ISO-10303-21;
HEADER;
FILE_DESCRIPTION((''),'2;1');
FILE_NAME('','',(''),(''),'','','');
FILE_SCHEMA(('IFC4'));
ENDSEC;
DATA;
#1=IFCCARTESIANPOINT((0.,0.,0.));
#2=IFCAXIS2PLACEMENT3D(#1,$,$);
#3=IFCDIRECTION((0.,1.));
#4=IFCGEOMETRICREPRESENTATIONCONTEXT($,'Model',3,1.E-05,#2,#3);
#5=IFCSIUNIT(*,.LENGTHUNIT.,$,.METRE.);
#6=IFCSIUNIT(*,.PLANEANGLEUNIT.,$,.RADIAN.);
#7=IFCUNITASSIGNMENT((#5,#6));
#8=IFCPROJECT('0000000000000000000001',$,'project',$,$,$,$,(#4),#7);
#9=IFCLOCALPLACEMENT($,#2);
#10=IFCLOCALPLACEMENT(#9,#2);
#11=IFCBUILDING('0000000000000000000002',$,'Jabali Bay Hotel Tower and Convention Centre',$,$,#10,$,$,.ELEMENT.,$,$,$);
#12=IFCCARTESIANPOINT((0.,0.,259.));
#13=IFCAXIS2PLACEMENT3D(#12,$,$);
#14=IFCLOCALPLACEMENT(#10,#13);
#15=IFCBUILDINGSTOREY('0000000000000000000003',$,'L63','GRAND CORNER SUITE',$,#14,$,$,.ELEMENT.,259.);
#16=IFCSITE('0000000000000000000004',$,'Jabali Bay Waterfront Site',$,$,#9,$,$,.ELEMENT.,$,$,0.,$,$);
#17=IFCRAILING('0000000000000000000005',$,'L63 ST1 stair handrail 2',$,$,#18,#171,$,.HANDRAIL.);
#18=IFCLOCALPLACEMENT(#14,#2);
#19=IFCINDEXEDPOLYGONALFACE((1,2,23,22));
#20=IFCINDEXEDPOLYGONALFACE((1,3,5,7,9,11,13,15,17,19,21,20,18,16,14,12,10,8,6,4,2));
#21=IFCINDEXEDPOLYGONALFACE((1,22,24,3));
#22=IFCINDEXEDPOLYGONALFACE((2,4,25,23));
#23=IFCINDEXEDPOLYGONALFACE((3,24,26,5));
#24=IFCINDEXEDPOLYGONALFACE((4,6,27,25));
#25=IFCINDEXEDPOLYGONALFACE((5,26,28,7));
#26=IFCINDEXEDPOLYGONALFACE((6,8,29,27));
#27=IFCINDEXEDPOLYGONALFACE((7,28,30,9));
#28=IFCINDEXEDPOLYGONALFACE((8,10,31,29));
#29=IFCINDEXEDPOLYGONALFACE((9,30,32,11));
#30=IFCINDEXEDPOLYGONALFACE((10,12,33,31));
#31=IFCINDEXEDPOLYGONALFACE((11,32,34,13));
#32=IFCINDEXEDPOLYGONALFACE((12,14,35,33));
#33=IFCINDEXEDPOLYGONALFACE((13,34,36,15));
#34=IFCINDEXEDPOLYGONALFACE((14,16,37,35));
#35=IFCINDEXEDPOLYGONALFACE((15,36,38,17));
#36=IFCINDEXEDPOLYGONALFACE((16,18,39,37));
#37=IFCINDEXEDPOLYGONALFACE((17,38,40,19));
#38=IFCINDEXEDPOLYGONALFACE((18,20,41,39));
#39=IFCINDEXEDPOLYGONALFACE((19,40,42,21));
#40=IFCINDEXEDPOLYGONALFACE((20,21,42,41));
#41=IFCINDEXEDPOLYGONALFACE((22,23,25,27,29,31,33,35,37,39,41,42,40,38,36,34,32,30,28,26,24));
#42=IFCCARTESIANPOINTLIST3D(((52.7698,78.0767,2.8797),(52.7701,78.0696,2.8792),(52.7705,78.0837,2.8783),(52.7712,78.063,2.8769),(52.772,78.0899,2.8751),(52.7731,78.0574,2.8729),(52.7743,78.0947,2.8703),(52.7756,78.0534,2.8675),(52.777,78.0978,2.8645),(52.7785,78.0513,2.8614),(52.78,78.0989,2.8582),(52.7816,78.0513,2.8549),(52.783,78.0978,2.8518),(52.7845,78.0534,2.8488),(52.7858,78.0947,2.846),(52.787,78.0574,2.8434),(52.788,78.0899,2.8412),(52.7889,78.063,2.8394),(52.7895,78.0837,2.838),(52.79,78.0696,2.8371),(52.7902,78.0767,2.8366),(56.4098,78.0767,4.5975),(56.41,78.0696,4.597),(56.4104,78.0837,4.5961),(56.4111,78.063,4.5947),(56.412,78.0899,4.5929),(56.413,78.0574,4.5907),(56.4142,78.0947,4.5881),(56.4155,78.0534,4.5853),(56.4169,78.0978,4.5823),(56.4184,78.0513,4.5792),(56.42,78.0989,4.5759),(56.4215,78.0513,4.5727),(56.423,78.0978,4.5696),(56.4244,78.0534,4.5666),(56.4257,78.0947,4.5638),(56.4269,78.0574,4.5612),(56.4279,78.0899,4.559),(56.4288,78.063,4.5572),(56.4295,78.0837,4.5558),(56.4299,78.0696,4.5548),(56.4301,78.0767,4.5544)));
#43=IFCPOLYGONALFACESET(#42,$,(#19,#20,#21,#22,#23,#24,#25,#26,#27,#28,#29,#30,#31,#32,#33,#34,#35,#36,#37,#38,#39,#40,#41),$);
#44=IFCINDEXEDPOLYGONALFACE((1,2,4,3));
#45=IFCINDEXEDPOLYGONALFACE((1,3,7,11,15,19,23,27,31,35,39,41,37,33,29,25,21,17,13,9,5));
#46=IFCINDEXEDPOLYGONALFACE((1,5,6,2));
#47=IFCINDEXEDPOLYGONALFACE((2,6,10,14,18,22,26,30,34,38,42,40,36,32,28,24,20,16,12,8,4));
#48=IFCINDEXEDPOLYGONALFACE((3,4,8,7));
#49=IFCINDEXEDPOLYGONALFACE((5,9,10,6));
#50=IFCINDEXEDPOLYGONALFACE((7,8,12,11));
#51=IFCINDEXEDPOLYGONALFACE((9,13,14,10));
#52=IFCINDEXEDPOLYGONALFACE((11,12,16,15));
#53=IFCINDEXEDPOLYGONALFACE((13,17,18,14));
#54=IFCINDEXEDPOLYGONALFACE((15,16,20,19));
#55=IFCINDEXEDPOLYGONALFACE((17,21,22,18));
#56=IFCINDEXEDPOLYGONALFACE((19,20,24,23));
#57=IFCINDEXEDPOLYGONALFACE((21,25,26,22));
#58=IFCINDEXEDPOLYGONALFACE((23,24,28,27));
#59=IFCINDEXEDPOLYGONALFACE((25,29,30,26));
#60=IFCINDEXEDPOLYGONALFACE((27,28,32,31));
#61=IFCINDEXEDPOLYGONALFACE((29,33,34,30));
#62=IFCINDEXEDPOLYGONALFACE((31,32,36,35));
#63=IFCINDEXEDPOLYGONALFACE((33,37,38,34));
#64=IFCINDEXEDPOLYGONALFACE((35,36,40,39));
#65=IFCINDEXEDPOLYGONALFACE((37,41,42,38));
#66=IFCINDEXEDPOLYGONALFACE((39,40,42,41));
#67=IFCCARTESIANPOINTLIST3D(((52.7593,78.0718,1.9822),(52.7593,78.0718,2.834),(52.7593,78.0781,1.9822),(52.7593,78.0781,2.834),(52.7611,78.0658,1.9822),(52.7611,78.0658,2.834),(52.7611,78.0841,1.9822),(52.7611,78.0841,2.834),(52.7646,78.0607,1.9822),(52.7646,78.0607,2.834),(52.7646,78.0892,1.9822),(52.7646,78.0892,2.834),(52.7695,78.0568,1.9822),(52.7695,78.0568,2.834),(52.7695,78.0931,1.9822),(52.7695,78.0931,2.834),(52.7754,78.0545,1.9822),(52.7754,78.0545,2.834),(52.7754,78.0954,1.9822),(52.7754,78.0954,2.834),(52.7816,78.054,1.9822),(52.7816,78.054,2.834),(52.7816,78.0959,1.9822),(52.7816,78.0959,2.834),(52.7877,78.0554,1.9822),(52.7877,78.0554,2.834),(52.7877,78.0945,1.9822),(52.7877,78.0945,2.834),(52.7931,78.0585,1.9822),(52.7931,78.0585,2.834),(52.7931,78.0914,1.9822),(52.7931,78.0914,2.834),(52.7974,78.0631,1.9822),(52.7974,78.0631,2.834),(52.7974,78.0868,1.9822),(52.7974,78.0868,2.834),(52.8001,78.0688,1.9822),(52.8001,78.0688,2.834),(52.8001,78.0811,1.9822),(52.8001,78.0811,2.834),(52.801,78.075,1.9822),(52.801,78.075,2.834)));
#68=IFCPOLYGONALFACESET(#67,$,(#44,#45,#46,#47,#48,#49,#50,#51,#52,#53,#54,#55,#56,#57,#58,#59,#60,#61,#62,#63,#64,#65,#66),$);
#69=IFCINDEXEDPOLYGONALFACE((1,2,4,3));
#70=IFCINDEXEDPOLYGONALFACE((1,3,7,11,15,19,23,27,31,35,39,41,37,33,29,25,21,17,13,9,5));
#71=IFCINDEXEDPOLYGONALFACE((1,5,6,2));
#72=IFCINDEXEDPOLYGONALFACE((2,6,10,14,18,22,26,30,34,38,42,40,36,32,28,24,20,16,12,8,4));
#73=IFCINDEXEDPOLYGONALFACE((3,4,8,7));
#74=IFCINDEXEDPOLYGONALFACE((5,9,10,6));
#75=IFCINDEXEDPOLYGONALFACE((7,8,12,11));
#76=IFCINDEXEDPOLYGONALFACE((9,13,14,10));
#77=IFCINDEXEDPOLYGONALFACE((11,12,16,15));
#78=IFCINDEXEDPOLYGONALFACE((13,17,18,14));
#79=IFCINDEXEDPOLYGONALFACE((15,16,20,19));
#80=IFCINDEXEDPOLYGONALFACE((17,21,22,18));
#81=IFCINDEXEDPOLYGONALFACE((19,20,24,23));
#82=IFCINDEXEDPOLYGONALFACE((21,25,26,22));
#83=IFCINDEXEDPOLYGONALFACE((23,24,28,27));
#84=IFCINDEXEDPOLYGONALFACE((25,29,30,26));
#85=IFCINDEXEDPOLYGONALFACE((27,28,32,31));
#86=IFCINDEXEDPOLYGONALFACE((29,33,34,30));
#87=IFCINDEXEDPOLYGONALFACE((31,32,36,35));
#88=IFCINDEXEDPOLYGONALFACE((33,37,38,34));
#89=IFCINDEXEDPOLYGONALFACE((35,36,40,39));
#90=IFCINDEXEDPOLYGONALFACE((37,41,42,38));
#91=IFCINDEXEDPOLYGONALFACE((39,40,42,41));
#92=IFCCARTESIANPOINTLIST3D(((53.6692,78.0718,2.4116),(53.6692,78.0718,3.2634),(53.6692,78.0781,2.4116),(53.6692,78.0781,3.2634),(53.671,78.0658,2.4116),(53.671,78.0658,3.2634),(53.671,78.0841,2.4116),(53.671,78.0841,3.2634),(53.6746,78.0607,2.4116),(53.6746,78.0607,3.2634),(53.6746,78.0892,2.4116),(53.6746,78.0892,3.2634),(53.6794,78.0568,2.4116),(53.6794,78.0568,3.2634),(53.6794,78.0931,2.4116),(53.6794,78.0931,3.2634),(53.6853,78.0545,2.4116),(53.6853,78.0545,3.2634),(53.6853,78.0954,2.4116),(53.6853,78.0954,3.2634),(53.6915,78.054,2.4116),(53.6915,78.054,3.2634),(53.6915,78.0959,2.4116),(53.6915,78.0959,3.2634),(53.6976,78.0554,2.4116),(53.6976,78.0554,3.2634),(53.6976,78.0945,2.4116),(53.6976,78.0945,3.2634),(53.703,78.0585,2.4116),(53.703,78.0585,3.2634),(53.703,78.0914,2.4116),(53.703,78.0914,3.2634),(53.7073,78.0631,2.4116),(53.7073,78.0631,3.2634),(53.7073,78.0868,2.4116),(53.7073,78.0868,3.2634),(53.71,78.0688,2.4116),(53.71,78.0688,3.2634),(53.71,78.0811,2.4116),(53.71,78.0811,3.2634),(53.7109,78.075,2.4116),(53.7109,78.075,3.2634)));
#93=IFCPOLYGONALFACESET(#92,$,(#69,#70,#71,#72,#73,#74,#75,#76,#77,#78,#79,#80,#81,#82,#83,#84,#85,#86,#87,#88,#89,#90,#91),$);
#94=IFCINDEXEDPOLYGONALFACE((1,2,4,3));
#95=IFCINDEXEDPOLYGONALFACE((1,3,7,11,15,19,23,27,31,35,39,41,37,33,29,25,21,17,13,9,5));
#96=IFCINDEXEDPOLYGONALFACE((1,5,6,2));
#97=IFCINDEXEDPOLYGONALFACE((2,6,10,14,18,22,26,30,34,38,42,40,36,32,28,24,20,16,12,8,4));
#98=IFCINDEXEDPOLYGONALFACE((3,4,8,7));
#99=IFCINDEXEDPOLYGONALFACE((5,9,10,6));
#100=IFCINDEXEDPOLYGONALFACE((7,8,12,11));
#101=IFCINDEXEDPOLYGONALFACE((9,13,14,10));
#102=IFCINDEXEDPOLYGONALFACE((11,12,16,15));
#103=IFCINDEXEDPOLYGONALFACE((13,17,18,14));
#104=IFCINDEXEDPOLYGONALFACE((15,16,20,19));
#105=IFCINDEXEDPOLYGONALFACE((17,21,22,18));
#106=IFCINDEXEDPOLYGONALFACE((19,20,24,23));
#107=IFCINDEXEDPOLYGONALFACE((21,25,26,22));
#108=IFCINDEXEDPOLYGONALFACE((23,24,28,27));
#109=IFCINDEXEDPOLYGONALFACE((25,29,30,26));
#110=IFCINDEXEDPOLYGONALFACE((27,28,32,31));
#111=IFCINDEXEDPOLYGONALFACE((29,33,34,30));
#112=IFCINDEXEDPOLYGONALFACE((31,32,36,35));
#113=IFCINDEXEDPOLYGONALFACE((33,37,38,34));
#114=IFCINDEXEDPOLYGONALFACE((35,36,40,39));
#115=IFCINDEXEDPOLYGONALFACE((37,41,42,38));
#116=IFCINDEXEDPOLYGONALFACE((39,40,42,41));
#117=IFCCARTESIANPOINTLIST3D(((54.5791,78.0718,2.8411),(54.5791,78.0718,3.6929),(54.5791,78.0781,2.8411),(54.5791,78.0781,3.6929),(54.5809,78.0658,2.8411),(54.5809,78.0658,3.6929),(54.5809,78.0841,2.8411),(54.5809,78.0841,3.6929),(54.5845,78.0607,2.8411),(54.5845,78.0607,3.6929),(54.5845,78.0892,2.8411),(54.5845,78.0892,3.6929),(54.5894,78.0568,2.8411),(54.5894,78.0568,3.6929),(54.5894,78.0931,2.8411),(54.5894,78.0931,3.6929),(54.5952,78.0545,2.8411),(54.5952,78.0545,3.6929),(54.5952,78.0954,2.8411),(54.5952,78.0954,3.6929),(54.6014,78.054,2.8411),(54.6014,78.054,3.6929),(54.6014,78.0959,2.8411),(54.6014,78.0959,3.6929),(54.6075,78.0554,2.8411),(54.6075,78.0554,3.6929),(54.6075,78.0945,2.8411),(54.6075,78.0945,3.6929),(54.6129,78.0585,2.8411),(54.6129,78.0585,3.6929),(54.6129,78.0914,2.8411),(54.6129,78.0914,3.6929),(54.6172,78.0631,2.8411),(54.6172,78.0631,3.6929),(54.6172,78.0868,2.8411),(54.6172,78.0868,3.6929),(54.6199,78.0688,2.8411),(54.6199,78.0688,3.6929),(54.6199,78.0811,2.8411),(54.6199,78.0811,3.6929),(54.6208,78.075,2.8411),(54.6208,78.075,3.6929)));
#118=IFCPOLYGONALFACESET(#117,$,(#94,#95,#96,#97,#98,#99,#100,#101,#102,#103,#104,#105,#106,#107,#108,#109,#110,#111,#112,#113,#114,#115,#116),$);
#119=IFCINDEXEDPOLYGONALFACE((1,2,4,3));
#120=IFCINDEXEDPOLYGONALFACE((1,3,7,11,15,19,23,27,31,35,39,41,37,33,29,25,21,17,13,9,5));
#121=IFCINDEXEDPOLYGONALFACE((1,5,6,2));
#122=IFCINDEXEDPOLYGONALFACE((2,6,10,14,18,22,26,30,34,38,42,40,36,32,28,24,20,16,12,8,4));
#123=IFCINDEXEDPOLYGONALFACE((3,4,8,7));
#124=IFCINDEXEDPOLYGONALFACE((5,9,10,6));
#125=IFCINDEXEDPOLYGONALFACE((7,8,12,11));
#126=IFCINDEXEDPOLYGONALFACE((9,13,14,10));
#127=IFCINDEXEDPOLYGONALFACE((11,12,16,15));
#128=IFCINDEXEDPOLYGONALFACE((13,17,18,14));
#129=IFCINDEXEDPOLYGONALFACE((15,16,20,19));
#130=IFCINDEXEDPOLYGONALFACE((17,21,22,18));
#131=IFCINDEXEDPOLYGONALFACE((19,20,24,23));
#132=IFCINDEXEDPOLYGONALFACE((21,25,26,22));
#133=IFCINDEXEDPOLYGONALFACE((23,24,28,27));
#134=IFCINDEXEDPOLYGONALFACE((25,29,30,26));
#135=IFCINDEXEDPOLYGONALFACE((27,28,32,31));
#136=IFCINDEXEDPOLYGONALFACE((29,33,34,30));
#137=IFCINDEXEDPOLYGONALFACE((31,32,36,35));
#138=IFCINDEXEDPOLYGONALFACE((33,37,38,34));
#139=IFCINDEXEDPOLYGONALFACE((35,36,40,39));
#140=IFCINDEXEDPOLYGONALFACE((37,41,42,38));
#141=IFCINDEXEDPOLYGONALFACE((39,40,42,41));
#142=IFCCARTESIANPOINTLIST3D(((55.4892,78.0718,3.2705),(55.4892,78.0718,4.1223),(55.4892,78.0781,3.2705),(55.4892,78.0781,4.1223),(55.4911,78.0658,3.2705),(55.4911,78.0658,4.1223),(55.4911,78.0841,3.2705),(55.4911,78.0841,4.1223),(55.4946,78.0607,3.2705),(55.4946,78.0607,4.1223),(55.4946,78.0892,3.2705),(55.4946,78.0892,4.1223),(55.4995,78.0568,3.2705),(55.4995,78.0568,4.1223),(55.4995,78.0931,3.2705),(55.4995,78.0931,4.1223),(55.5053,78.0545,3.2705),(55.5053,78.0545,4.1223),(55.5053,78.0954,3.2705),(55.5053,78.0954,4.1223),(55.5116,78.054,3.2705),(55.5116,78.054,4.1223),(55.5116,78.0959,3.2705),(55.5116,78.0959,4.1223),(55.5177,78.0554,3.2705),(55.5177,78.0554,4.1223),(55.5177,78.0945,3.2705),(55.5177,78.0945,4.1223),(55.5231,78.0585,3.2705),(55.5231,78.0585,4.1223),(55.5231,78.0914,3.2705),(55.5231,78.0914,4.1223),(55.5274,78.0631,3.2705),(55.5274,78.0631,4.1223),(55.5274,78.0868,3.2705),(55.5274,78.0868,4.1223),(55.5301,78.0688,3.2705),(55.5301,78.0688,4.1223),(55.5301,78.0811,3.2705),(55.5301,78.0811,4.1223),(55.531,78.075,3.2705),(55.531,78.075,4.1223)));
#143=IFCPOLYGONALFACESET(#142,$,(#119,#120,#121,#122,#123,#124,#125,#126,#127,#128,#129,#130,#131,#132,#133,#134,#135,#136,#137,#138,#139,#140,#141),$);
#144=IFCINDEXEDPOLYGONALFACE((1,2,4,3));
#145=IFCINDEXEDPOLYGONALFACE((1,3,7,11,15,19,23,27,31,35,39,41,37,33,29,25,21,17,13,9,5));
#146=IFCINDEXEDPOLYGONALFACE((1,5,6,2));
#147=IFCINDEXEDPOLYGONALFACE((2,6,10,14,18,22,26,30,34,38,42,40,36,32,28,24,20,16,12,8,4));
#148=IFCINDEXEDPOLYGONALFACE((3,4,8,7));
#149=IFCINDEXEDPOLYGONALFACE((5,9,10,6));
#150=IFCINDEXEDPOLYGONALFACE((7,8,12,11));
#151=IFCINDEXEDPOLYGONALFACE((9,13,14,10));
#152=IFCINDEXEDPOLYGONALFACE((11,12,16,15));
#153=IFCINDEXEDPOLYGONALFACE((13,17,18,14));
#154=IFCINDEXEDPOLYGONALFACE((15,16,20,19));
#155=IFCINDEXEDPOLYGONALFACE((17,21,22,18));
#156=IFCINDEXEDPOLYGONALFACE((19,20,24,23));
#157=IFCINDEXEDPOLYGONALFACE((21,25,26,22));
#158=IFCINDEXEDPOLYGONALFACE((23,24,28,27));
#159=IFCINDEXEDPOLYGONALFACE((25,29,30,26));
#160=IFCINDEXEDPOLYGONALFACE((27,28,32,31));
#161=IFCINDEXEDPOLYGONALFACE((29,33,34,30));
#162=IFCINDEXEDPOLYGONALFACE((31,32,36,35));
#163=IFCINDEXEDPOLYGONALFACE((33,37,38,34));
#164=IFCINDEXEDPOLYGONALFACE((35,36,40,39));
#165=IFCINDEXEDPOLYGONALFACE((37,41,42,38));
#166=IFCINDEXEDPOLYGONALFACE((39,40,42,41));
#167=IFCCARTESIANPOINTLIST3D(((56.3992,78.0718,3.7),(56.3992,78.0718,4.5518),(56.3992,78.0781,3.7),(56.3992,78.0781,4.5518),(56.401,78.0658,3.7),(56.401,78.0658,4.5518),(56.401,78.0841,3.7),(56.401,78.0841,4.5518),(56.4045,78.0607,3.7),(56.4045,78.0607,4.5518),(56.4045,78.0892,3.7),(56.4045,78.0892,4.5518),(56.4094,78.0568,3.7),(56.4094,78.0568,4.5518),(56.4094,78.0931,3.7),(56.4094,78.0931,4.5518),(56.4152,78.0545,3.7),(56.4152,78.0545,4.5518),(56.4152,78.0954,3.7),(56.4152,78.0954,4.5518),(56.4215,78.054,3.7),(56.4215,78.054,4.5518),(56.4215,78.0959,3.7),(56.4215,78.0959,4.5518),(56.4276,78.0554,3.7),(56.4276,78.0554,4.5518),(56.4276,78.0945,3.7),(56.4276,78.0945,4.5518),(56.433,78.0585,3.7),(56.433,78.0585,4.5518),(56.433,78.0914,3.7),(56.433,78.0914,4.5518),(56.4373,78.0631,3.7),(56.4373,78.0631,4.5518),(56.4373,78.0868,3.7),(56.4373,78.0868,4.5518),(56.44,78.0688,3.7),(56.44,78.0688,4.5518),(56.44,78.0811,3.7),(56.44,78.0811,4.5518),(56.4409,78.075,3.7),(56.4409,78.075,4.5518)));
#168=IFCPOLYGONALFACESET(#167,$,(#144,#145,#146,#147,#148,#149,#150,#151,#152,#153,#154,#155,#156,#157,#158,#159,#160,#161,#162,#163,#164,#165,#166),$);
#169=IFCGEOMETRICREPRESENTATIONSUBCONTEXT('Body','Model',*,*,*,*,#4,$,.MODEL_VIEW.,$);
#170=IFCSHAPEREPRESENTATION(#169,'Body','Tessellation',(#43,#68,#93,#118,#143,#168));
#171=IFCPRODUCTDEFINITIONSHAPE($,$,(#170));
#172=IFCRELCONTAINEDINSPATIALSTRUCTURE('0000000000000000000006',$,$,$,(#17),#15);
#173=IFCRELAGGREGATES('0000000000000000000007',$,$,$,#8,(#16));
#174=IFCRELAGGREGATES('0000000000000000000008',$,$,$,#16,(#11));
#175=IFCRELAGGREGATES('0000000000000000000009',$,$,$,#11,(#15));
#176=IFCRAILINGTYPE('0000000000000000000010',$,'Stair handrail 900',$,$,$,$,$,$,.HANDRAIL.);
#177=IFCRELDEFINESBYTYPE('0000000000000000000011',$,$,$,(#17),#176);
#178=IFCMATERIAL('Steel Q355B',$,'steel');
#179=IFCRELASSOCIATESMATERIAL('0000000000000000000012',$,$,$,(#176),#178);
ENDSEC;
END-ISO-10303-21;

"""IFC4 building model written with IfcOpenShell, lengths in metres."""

from ifc_helpers import new_model, si_unit, direction, frame, origin, origin_2d, place, context, subcontext, project, spatial, circle, extrude, material, type_object, element, save


model = new_model("IFC4")

# Units and contexts
model_context = context("Model", 3, precision=1e-05, world=origin(), true_north=direction((0.0, 1.0)))
body_context = subcontext(model_context, "Body", "Model", "MODEL_VIEW")
ifc_project = project(units=[si_unit("LENGTHUNIT", "METRE"), si_unit("PLANEANGLEUNIT", "RADIAN")], contexts=[model_context])

# Site, building, storey
site_placement = place(None, origin())
site = spatial("IfcSite", under=ifc_project, at=site_placement, Name="Jabali Bay Waterfront Site", CompositionType="ELEMENT", RefElevation=0.0)
building_placement = place(site_placement, origin())
building = spatial("IfcBuilding", under=site, at=building_placement, Name="Jabali Bay Hotel Tower and Convention Centre", CompositionType="ELEMENT")
storey_placement = place(building_placement, frame((0.0, 0.0, 259.0)))
storey = spatial("IfcBuildingStorey", under=building, at=storey_placement, Name="L63", Description="GRAND CORNER SUITE", CompositionType="ELEMENT", Elevation=259.0)

# Railing
ifc_material_1 = material(Name="Steel Q355B", Category="steel")
railing_type = type_object("IfcRailingType", Name="Stair handrail 900", PredefinedType="HANDRAIL", material=ifc_material_1)
railing_placement = place(storey_placement, frame((52.78, 78.075, 1.9822)))
element("IfcRailing", 1, at=railing_placement, inside=storey, type_object=railing_type, Name="L63 ST1 stair handrail 2", PredefinedType="HANDRAIL", context=body_context, shape_type="SweptSolid", body=[
    extrude(circle(Radius=0.0239, at=origin_2d()), frame((0.0, 0.0, 0.876), z_axis=(0.904351, 0.0, 0.42679), x_axis=(0.0, 1.0, 0.0)), (0.0, 0.0, 1.0), 4.0249),
    extrude(circle(Radius=0.021, at=origin_2d()), origin(), (0.0, 0.0, 1.0), 0.8518),
    extrude(circle(Radius=0.021, at=origin_2d()), frame((0.9099, 0.0, 0.4294)), (0.0, 0.0, 1.0), 0.8518),
    extrude(circle(Radius=0.021, at=origin_2d()), frame((1.8198, 0.0, 0.8589)), (0.0, 0.0, 1.0), 0.8518),
    extrude(circle(Radius=0.021, at=origin_2d()), frame((2.73, 0.0, 1.2883)), (0.0, 0.0, 1.0), 0.8518),
    extrude(circle(Radius=0.021, at=origin_2d()), frame((3.6399, 0.0, 1.7178)), (0.0, 0.0, 1.0), 0.8518),
])

save(model, "model.ifc")
